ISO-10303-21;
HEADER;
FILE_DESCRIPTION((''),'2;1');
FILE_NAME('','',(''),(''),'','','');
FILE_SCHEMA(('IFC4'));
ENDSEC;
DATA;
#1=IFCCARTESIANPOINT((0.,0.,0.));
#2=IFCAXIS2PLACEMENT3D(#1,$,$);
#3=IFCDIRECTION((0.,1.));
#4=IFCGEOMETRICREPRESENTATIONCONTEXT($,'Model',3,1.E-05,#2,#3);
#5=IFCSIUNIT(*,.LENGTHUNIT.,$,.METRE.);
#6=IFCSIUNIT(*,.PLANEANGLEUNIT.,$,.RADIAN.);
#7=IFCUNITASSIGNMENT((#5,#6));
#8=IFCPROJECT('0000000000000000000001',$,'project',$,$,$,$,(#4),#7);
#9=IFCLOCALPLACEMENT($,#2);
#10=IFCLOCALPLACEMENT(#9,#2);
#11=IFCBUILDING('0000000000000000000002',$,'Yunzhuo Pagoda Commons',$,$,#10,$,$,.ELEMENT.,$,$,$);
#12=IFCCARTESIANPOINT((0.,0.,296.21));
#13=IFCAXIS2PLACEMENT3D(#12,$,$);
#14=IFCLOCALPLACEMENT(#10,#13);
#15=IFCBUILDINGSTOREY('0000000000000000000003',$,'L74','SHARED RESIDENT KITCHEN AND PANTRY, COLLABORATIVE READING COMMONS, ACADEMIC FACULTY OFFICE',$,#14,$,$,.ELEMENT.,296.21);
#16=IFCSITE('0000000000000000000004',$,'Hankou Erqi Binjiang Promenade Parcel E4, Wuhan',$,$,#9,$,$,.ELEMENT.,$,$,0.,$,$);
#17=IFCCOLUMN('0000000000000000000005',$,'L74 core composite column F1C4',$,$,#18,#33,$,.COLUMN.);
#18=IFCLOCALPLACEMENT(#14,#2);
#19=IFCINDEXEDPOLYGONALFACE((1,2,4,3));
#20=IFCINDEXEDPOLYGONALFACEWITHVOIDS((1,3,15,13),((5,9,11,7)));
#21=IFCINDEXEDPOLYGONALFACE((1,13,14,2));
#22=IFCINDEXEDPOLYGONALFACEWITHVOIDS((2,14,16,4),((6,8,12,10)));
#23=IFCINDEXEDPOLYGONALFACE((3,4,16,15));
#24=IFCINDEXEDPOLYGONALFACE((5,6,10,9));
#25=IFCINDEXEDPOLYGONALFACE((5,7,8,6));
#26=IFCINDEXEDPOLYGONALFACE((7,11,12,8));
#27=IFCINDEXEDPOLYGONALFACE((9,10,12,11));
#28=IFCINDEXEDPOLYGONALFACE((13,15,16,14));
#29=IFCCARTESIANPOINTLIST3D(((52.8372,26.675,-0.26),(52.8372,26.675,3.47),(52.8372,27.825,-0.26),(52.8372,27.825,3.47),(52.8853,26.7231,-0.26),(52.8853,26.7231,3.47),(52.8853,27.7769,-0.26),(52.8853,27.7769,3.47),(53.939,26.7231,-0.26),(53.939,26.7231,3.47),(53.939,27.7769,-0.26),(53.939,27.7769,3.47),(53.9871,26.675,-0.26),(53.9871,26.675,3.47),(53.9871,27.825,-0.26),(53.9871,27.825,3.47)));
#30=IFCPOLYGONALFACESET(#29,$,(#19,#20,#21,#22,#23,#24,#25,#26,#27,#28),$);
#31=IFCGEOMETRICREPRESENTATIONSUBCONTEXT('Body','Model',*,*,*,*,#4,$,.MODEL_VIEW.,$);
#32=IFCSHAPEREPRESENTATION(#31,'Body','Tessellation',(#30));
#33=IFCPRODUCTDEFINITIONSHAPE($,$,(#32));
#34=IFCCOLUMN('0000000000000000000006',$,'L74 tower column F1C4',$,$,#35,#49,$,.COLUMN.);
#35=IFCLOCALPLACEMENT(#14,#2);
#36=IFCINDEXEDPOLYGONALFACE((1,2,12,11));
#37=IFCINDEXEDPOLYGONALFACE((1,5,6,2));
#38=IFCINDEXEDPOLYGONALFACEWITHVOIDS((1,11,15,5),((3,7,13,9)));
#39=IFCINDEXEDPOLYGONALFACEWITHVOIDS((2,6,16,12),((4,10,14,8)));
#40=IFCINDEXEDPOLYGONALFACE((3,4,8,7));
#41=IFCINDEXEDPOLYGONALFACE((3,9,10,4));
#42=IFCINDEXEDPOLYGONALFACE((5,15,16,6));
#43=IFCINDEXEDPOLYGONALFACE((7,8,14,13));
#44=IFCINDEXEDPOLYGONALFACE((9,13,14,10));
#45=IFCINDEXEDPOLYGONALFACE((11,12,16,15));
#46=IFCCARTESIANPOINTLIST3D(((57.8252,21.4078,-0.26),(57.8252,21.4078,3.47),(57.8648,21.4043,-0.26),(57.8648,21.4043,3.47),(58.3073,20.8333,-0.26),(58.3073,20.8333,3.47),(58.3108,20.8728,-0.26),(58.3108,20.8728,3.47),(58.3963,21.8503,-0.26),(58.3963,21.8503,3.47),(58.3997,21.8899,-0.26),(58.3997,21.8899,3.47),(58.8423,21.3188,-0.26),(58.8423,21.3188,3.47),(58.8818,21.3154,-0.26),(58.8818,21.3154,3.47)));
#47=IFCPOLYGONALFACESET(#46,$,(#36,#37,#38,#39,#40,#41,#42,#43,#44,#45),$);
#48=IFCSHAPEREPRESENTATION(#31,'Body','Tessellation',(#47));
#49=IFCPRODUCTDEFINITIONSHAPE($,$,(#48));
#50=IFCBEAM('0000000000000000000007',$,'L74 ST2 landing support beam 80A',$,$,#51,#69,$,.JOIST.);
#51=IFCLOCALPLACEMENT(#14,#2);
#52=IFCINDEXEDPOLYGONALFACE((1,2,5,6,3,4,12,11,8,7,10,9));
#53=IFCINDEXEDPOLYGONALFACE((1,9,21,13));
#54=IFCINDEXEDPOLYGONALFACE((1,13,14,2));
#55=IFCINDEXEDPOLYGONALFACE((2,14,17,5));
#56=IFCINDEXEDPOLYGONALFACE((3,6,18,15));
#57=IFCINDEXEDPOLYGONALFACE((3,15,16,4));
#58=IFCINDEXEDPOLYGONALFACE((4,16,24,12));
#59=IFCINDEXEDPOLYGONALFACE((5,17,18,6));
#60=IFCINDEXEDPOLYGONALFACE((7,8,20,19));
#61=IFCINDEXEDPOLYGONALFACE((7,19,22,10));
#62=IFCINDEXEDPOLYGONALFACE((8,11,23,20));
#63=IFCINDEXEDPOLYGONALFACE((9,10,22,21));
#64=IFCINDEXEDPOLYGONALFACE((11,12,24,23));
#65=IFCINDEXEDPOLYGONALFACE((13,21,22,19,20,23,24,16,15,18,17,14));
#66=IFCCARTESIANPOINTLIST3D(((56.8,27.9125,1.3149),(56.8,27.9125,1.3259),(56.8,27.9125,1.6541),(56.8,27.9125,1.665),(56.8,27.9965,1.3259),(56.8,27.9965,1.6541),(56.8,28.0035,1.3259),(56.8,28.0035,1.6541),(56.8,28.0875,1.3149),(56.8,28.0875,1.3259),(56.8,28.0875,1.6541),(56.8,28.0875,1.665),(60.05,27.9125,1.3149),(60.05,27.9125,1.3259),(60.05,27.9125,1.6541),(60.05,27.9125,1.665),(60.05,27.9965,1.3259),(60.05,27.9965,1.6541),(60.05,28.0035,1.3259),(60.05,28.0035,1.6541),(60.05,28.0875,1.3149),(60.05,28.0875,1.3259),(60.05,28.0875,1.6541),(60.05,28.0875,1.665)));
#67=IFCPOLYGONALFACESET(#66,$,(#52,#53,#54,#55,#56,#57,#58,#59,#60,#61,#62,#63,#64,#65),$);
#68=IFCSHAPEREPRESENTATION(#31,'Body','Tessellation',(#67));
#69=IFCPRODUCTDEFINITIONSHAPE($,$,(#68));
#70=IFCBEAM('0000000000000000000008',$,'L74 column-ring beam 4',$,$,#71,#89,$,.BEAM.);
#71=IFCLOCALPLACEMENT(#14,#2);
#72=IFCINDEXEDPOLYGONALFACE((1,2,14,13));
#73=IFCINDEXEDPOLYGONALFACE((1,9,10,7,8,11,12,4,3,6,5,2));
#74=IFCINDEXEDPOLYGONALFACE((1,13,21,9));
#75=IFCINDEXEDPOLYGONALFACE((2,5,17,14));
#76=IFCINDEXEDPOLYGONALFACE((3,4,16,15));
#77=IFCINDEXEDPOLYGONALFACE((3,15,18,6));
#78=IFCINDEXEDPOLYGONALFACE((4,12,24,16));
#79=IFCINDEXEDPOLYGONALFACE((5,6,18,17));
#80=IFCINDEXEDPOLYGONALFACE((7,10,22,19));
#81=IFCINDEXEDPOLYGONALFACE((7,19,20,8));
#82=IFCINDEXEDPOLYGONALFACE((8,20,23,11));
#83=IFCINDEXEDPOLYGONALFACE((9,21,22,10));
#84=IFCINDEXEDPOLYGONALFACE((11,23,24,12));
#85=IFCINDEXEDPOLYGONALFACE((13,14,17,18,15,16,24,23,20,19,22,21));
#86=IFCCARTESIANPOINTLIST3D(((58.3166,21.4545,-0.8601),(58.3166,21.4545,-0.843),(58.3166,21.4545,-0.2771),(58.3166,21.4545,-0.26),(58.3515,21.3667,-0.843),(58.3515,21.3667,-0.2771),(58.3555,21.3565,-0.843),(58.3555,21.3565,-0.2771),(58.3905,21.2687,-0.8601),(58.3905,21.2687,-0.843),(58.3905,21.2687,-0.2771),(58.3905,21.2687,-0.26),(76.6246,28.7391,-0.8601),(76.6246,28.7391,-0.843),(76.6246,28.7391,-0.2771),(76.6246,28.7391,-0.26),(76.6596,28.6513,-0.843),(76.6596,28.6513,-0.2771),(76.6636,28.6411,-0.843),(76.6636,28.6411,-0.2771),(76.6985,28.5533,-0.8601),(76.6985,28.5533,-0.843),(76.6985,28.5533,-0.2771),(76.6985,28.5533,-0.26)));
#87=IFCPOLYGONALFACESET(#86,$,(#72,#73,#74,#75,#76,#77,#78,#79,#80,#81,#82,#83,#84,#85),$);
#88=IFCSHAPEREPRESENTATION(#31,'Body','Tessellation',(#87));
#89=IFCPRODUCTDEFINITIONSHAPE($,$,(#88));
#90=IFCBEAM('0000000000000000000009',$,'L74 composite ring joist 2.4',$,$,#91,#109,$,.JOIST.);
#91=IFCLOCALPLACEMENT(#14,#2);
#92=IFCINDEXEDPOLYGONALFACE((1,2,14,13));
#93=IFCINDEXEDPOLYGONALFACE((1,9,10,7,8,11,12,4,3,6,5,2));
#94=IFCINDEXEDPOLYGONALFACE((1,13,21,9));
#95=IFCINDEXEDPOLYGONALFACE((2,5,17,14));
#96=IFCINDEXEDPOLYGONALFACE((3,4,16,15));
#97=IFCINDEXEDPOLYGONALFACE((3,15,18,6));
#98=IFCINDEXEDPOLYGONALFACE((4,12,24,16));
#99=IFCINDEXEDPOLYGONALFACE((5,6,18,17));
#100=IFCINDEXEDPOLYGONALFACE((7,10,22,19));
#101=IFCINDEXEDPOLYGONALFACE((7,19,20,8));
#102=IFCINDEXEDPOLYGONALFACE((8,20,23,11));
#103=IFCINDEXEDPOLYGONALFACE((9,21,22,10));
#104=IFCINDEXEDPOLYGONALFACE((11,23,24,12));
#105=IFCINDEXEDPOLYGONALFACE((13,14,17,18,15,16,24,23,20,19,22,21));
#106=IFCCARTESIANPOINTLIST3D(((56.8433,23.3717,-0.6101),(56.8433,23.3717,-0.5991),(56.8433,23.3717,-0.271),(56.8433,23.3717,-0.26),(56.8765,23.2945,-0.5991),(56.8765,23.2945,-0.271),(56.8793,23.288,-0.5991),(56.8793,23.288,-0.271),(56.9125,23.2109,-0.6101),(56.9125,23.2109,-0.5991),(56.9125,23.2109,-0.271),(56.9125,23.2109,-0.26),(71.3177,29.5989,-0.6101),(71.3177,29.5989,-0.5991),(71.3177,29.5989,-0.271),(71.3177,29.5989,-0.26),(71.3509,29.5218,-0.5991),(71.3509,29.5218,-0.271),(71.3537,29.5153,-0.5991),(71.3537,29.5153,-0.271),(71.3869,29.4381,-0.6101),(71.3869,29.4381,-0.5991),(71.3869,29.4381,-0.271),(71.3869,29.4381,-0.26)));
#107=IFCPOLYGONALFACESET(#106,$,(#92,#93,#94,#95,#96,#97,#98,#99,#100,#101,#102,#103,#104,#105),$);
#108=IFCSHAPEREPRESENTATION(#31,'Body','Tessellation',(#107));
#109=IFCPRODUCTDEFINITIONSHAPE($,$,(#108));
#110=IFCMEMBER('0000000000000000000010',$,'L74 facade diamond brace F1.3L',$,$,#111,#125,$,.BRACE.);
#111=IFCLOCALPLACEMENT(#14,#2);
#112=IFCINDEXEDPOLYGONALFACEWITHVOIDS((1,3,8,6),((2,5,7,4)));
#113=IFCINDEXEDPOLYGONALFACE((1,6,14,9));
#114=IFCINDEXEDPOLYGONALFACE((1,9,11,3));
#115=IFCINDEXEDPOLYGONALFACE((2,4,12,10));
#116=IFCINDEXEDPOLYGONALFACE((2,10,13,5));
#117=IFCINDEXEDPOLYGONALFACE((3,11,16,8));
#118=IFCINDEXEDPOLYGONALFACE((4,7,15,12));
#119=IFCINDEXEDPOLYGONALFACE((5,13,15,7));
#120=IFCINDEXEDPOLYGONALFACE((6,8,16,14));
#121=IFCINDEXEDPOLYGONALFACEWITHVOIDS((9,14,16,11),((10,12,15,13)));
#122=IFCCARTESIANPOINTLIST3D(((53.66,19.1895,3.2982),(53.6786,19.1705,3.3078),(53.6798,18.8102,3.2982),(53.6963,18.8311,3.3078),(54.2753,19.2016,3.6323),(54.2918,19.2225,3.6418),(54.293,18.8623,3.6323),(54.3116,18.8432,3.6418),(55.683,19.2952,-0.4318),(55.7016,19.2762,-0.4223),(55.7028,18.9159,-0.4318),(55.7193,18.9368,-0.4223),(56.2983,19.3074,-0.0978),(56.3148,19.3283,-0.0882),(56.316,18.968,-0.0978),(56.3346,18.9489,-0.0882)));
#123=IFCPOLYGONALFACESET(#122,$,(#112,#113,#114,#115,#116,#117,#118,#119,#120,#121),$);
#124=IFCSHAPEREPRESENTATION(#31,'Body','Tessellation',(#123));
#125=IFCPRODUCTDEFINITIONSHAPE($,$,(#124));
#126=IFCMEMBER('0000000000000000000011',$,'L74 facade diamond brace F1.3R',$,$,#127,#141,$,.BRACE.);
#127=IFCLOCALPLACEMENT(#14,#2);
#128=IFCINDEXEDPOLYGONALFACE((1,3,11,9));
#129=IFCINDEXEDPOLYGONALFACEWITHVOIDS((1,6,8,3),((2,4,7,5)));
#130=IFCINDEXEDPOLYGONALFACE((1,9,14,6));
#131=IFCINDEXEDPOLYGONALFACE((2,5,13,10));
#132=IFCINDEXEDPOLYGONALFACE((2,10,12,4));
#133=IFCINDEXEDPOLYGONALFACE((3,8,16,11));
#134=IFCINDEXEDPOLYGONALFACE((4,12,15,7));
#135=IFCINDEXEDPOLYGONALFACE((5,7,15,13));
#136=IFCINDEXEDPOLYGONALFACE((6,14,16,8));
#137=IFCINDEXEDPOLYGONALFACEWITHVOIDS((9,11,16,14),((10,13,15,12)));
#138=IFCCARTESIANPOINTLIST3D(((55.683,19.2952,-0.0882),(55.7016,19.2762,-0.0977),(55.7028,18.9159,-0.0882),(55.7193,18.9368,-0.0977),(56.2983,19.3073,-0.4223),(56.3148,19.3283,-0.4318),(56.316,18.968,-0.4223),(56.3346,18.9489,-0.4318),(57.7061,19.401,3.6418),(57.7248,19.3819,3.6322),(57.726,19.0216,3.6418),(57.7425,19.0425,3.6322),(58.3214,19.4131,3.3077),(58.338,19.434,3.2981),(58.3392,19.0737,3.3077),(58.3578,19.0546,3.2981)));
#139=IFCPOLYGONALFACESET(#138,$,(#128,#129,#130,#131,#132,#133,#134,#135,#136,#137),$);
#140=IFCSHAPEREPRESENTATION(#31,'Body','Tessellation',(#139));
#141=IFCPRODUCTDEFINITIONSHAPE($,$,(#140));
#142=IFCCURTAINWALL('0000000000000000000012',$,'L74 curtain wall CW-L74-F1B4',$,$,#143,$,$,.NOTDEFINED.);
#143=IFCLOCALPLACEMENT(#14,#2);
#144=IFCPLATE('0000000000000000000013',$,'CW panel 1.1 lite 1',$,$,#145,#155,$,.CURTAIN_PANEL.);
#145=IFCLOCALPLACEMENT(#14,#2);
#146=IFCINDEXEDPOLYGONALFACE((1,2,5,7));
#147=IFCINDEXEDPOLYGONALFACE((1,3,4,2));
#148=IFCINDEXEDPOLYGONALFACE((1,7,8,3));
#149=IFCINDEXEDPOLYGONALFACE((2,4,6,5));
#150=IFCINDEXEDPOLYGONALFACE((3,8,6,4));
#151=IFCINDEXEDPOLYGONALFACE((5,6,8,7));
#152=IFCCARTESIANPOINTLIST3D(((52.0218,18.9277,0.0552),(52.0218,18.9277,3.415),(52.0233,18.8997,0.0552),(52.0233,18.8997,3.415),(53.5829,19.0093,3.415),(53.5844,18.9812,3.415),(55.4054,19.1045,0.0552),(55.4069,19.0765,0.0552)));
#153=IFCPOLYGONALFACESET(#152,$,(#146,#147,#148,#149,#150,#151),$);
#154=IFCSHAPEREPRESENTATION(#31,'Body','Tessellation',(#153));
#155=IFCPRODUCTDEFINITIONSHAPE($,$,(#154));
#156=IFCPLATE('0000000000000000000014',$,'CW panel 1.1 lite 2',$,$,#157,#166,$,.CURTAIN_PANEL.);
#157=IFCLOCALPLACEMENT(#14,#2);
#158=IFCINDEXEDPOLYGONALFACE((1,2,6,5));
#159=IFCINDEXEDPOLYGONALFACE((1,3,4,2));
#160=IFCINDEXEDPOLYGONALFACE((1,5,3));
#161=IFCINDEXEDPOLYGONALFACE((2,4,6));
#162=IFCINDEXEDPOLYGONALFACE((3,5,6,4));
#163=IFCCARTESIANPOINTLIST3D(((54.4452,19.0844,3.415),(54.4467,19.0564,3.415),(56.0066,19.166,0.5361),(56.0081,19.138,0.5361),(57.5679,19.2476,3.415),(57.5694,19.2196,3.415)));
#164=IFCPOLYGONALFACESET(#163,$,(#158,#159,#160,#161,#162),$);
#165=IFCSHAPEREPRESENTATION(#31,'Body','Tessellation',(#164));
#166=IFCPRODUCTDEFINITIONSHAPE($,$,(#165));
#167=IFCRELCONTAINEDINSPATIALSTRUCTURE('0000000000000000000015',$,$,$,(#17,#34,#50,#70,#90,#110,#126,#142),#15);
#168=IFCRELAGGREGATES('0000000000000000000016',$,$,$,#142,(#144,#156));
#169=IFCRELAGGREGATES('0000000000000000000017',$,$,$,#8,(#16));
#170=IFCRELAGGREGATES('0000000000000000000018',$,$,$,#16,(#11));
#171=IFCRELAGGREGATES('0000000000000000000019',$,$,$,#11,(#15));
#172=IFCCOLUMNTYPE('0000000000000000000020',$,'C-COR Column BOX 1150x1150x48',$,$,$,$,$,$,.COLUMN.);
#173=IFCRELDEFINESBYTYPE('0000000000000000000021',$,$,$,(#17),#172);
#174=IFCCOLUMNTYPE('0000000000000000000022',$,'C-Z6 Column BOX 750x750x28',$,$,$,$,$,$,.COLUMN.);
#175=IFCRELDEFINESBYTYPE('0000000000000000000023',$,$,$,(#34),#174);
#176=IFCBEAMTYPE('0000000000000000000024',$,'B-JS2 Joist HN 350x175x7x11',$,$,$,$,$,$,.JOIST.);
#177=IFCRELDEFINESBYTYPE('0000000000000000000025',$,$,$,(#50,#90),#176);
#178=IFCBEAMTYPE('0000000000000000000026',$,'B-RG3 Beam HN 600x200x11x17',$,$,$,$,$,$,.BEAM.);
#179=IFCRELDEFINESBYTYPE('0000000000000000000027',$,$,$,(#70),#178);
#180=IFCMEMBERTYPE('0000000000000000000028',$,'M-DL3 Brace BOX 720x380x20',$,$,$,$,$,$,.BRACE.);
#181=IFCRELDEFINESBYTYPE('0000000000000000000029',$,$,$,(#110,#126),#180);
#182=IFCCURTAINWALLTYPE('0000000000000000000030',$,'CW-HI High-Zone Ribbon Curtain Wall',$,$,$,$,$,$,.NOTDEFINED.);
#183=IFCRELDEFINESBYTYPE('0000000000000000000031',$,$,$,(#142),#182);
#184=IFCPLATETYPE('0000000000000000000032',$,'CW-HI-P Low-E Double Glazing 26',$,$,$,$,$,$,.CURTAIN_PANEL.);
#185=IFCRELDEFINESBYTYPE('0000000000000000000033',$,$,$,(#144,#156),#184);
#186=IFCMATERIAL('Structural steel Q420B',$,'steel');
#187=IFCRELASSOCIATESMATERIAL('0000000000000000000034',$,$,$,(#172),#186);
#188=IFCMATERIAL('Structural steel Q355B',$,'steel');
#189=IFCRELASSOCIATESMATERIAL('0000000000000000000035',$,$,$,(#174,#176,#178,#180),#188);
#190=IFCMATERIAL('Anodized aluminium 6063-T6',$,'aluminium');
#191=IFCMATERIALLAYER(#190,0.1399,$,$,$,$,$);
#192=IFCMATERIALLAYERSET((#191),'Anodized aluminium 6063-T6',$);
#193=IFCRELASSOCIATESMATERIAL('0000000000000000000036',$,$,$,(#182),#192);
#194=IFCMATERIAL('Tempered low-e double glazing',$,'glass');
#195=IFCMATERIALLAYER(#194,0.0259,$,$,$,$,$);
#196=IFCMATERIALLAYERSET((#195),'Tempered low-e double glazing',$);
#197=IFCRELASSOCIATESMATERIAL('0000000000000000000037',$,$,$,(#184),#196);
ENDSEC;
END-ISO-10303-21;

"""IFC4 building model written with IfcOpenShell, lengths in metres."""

from ifc_helpers import new_model, si_unit, direction, frame, origin, origin_2d, place, context, subcontext, project, spatial, polyline, hollow_rectangle, i_section, outline, extrude, source, transform, mapped, material, layer, layer_set, material_profile, profile_set, type_object, element, aggregate, save


model = new_model("IFC4")

# Units and contexts
model_context = context("Model", 3, precision=1e-05, world=origin(), true_north=direction((0.0, 1.0)))
body_context = subcontext(model_context, "Body", "Model", "MODEL_VIEW")
ifc_project = project(units=[si_unit("LENGTHUNIT", "METRE"), si_unit("PLANEANGLEUNIT", "RADIAN")], contexts=[model_context])

# Site, building, storey
site_placement = place(None, origin())
site = spatial("IfcSite", under=ifc_project, at=site_placement, Name="Hankou Erqi Binjiang Promenade Parcel E4, Wuhan", CompositionType="ELEMENT", RefElevation=0.0)
building_placement = place(site_placement, origin())
building = spatial("IfcBuilding", under=site, at=building_placement, Name="Yunzhuo Pagoda Commons", CompositionType="ELEMENT")
storey_placement = place(building_placement, frame((0.0, 0.0, 296.21)))
storey = spatial("IfcBuildingStorey", under=building, at=storey_placement, Name="L74", Description="SHARED RESIDENT KITCHEN AND PANTRY, COLLABORATIVE READING COMMONS, ACADEMIC FACULTY OFFICE", CompositionType="ELEMENT", Elevation=296.21)

# Columns
ifc_material_1 = material(Name="Structural steel Q420B", Category="steel")
ifc_material_profile_1 = material_profile(ifc_material_1, hollow_rectangle(XDim=1.1499, YDim=1.1499, WallThickness=0.0481, at=origin_2d()), Name="Structural steel Q420B")
ifc_profile_set_1 = profile_set([ifc_material_profile_1], Name="Structural steel Q420B")
column_type_1 = type_object("IfcColumnType", Name="C-COR Column BOX 1150x1150x48", PredefinedType="COLUMN", material=ifc_profile_set_1)
shared_shape_1 = source(origin(), body_context, "Body", "SweptSolid", [
    extrude(hollow_rectangle(XDim=1.1499, YDim=1.1499, WallThickness=0.0481, at=origin_2d()), origin(), (0.0, 0.0, 1.0), 3.73),
])
column_1_placement = place(storey_placement, frame((53.4121, 27.25, -0.26), z_axis=(0.0, 0.0, 1.0), x_axis=(1.0, 0.0, 0.0)))
element("IfcColumn", 1, at=column_1_placement, inside=storey, type_object=column_type_1, Name="L74 core composite column F1C4", PredefinedType="COLUMN", context=body_context, shape_type="MappedRepresentation", body=[
    mapped(shared_shape_1, transform((0.0, 0.0, 0.0), scale=1.0)),
])
ifc_material_2 = material(Name="Structural steel Q355B", Category="steel")
ifc_material_profile_2 = material_profile(ifc_material_2, hollow_rectangle(XDim=0.75, YDim=0.75, WallThickness=0.0281, at=origin_2d()), Name="Structural steel Q355B")
ifc_profile_set_2 = profile_set([ifc_material_profile_2], Name="Structural steel Q355B")
column_type_2 = type_object("IfcColumnType", Name="C-Z6 Column BOX 750x750x28", PredefinedType="COLUMN", material=ifc_profile_set_2)
shared_shape_2 = source(origin(), body_context, "Body", "SweptSolid", [
    extrude(hollow_rectangle(XDim=0.75, YDim=0.75, WallThickness=0.0281, at=origin_2d()), origin(), (0.0, 0.0, 1.0), 3.73),
])
column_2_placement = place(storey_placement, frame((58.3535, 21.3616, -0.26), z_axis=(0.0, 0.0, 1.0), x_axis=(0.766044, 0.642788, 0.0)))
element("IfcColumn", 2, at=column_2_placement, inside=storey, type_object=column_type_2, Name="L74 tower column F1C4", PredefinedType="COLUMN", context=body_context, shape_type="MappedRepresentation", body=[
    mapped(shared_shape_2, transform((0.0, 0.0, 0.0), scale=1.0)),
])

# Beams
ifc_material_profile_3 = material_profile(ifc_material_2, i_section(OverallWidth=0.175, OverallDepth=0.3501, WebThickness=0.0071, FlangeThickness=0.011, at=origin_2d()), Name="Structural steel Q355B")
ifc_profile_set_3 = profile_set([ifc_material_profile_3], Name="Structural steel Q355B")
beam_type_1 = type_object("IfcBeamType", Name="B-JS2 Joist HN 350x175x7x11", PredefinedType="JOIST", material=ifc_profile_set_3)
shared_shape_3 = source(origin(), body_context, "Body", "SweptSolid", [
    extrude(i_section(OverallWidth=0.175, OverallDepth=0.3501, WebThickness=0.0071, FlangeThickness=0.011, at=origin_2d()), origin(), (0.0, 0.0, 1.0), 3.25),
])
beam_1_placement = place(storey_placement, frame((56.8, 28.0, 1.49), z_axis=(1.0, 0.0, 0.0), x_axis=(0.0, 1.0, 0.0)))
element("IfcBeam", 3, at=beam_1_placement, inside=storey, type_object=beam_type_1, Name="L74 ST2 landing support beam 80A", PredefinedType="JOIST", context=body_context, shape_type="MappedRepresentation", body=[
    mapped(shared_shape_3, transform((0.0, 0.0, 0.0), scale=1.0)),
])
ifc_material_profile_4 = material_profile(ifc_material_2, i_section(OverallWidth=0.2, OverallDepth=0.6001, WebThickness=0.011, FlangeThickness=0.0171, at=origin_2d()), Name="Structural steel Q355B")
ifc_profile_set_4 = profile_set([ifc_material_profile_4], Name="Structural steel Q355B")
beam_type_2 = type_object("IfcBeamType", Name="B-RG3 Beam HN 600x200x11x17", PredefinedType="BEAM", material=ifc_profile_set_4)
shared_shape_4 = source(origin(), body_context, "Body", "SweptSolid", [
    extrude(i_section(OverallWidth=0.2, OverallDepth=0.6001, WebThickness=0.011, FlangeThickness=0.0171, at=origin_2d()), origin(), (0.0, 0.0, 1.0), 19.7041),
])
beam_2_placement = place(storey_placement, frame((58.3535, 21.3616, -0.5601), z_axis=(0.92915, 0.369702, 0.0), x_axis=(-0.369702, 0.92915, 0.0)))
element("IfcBeam", 4, at=beam_2_placement, inside=storey, type_object=beam_type_2, Name="L74 column-ring beam 4", PredefinedType="BEAM", context=body_context, shape_type="MappedRepresentation", body=[
    mapped(shared_shape_4, transform((0.0, 0.0, 0.0), scale=1.0)),
])
shared_shape_5 = source(origin(), body_context, "Body", "SweptSolid", [
    extrude(i_section(OverallWidth=0.175, OverallDepth=0.3501, WebThickness=0.0071, FlangeThickness=0.011, at=origin_2d()), origin(), (0.0, 0.0, 1.0), 15.7571),
])
beam_3_placement = place(storey_placement, frame((56.8779, 23.2913, -0.4351), z_axis=(0.918593, 0.395205, 0.0), x_axis=(-0.395205, 0.918593, 0.0)))
element("IfcBeam", 5, at=beam_3_placement, inside=storey, type_object=beam_type_1, Name="L74 composite ring joist 2.4", PredefinedType="JOIST", context=body_context, shape_type="MappedRepresentation", body=[
    mapped(shared_shape_5, transform((0.0, 0.0, 0.0), scale=1.0)),
])

# Members
ifc_material_profile_5 = material_profile(ifc_material_2, hollow_rectangle(XDim=0.3799, YDim=0.72, WallThickness=0.02, at=origin_2d()), Name="Structural steel Q355B")
ifc_profile_set_5 = profile_set([ifc_material_profile_5], Name="Structural steel Q355B")
member_type = type_object("IfcMemberType", Name="M-DL3 Brace BOX 720x380x20", PredefinedType="BRACE", material=ifc_profile_set_5)
shared_shape_6 = source(origin(), body_context, "Body", "SweptSolid", [
    extrude(hollow_rectangle(XDim=0.3799, YDim=0.72, WallThickness=0.02, at=origin_2d()), origin(), (0.0, 0.0, 1.0), 4.2446),
])
for number, where, z_axis, x_axis, name in (
    (6, (56.0088, 19.1221, -0.26), (-0.476599, -0.024906, 0.878768), (0.052186, -0.998637, 0.0), "L74 facade diamond brace F1.3L"),
    (7, (56.0088, 19.1221, -0.26), (0.476643, 0.024905, 0.878744), (-0.052179, 0.998638, 0.0), "L74 facade diamond brace F1.3R"),
):
    element("IfcMember", number, at=place(storey_placement, frame(where, z_axis=z_axis, x_axis=x_axis)), inside=storey, type_object=member_type, Name=name, PredefinedType="BRACE", context=body_context, shape_type="MappedRepresentation", body=[
        mapped(shared_shape_6, transform((0.0, 0.0, 0.0), scale=1.0)),
    ])

# Curtain wall, plates
ifc_material_3 = material(Name="Anodized aluminium 6063-T6", Category="aluminium")
ifc_layer_1 = layer(ifc_material_3, 0.1399)
ifc_layer_set_1 = layer_set([ifc_layer_1], Name="Anodized aluminium 6063-T6")
curtain_wall_type = type_object("IfcCurtainWallType", Name="CW-HI High-Zone Ribbon Curtain Wall", PredefinedType="NOTDEFINED", material=ifc_layer_set_1)
curtain_wall_placement = place(storey_placement, origin())
curtain_wall = element("IfcCurtainWall", 8, at=curtain_wall_placement, inside=storey, type_object=curtain_wall_type, Name="L74 curtain wall CW-L74-F1B4", PredefinedType="NOTDEFINED")
ifc_material_4 = material(Name="Tempered low-e double glazing", Category="glass")
ifc_layer_2 = layer(ifc_material_4, 0.0259)
ifc_layer_set_2 = layer_set([ifc_layer_2], Name="Tempered low-e double glazing")
plate_type_1 = type_object("IfcPlateType", Name="CW-HI-P Low-E Double Glazing 26", PredefinedType="CURTAIN_PANEL", material=ifc_layer_set_2)
plate_1_placement = place(storey_placement, frame((53.7136, 19.0161, 1.7351), z_axis=(0.05219, -0.998637, 0.0), x_axis=(0.998637, 0.05219, 0.0)))
plate_1 = element("IfcPlate", 9, at=plate_1_placement, type_object=plate_type_1, Name="CW panel 1.1 lite 1", PredefinedType="CURTAIN_PANEL", context=body_context, shape_type="SweptSolid", body=[
    extrude(outline(polyline([(-1.6941, -1.6799), (1.6941, -1.6799), (-0.1309, 1.6799), (-1.6941, 1.6799), (-1.6941, -1.6799)])), origin(), (0.0, 0.0, 1.0), 0.0281),
])
plate_2_placement = place(storey_placement, frame((56.0066, 19.166, 1.9756), z_axis=(0.05219, -0.998637, 0.0), x_axis=(0.998637, 0.05219, 0.0)))
plate_2 = element("IfcPlate", 10, at=plate_2_placement, type_object=plate_type_1, Name="CW panel 1.1 lite 2", PredefinedType="CURTAIN_PANEL", context=body_context, shape_type="SweptSolid", body=[
    extrude(outline(polyline([(-1.5635, 1.4395), (0.0, -1.4395), (1.5635, 1.4395), (-1.5635, 1.4395)])), origin(), (0.0, 0.0, 1.0), 0.0281),
])
aggregate(curtain_wall, [plate_1, plate_2])

save(model, "model.ifc")
